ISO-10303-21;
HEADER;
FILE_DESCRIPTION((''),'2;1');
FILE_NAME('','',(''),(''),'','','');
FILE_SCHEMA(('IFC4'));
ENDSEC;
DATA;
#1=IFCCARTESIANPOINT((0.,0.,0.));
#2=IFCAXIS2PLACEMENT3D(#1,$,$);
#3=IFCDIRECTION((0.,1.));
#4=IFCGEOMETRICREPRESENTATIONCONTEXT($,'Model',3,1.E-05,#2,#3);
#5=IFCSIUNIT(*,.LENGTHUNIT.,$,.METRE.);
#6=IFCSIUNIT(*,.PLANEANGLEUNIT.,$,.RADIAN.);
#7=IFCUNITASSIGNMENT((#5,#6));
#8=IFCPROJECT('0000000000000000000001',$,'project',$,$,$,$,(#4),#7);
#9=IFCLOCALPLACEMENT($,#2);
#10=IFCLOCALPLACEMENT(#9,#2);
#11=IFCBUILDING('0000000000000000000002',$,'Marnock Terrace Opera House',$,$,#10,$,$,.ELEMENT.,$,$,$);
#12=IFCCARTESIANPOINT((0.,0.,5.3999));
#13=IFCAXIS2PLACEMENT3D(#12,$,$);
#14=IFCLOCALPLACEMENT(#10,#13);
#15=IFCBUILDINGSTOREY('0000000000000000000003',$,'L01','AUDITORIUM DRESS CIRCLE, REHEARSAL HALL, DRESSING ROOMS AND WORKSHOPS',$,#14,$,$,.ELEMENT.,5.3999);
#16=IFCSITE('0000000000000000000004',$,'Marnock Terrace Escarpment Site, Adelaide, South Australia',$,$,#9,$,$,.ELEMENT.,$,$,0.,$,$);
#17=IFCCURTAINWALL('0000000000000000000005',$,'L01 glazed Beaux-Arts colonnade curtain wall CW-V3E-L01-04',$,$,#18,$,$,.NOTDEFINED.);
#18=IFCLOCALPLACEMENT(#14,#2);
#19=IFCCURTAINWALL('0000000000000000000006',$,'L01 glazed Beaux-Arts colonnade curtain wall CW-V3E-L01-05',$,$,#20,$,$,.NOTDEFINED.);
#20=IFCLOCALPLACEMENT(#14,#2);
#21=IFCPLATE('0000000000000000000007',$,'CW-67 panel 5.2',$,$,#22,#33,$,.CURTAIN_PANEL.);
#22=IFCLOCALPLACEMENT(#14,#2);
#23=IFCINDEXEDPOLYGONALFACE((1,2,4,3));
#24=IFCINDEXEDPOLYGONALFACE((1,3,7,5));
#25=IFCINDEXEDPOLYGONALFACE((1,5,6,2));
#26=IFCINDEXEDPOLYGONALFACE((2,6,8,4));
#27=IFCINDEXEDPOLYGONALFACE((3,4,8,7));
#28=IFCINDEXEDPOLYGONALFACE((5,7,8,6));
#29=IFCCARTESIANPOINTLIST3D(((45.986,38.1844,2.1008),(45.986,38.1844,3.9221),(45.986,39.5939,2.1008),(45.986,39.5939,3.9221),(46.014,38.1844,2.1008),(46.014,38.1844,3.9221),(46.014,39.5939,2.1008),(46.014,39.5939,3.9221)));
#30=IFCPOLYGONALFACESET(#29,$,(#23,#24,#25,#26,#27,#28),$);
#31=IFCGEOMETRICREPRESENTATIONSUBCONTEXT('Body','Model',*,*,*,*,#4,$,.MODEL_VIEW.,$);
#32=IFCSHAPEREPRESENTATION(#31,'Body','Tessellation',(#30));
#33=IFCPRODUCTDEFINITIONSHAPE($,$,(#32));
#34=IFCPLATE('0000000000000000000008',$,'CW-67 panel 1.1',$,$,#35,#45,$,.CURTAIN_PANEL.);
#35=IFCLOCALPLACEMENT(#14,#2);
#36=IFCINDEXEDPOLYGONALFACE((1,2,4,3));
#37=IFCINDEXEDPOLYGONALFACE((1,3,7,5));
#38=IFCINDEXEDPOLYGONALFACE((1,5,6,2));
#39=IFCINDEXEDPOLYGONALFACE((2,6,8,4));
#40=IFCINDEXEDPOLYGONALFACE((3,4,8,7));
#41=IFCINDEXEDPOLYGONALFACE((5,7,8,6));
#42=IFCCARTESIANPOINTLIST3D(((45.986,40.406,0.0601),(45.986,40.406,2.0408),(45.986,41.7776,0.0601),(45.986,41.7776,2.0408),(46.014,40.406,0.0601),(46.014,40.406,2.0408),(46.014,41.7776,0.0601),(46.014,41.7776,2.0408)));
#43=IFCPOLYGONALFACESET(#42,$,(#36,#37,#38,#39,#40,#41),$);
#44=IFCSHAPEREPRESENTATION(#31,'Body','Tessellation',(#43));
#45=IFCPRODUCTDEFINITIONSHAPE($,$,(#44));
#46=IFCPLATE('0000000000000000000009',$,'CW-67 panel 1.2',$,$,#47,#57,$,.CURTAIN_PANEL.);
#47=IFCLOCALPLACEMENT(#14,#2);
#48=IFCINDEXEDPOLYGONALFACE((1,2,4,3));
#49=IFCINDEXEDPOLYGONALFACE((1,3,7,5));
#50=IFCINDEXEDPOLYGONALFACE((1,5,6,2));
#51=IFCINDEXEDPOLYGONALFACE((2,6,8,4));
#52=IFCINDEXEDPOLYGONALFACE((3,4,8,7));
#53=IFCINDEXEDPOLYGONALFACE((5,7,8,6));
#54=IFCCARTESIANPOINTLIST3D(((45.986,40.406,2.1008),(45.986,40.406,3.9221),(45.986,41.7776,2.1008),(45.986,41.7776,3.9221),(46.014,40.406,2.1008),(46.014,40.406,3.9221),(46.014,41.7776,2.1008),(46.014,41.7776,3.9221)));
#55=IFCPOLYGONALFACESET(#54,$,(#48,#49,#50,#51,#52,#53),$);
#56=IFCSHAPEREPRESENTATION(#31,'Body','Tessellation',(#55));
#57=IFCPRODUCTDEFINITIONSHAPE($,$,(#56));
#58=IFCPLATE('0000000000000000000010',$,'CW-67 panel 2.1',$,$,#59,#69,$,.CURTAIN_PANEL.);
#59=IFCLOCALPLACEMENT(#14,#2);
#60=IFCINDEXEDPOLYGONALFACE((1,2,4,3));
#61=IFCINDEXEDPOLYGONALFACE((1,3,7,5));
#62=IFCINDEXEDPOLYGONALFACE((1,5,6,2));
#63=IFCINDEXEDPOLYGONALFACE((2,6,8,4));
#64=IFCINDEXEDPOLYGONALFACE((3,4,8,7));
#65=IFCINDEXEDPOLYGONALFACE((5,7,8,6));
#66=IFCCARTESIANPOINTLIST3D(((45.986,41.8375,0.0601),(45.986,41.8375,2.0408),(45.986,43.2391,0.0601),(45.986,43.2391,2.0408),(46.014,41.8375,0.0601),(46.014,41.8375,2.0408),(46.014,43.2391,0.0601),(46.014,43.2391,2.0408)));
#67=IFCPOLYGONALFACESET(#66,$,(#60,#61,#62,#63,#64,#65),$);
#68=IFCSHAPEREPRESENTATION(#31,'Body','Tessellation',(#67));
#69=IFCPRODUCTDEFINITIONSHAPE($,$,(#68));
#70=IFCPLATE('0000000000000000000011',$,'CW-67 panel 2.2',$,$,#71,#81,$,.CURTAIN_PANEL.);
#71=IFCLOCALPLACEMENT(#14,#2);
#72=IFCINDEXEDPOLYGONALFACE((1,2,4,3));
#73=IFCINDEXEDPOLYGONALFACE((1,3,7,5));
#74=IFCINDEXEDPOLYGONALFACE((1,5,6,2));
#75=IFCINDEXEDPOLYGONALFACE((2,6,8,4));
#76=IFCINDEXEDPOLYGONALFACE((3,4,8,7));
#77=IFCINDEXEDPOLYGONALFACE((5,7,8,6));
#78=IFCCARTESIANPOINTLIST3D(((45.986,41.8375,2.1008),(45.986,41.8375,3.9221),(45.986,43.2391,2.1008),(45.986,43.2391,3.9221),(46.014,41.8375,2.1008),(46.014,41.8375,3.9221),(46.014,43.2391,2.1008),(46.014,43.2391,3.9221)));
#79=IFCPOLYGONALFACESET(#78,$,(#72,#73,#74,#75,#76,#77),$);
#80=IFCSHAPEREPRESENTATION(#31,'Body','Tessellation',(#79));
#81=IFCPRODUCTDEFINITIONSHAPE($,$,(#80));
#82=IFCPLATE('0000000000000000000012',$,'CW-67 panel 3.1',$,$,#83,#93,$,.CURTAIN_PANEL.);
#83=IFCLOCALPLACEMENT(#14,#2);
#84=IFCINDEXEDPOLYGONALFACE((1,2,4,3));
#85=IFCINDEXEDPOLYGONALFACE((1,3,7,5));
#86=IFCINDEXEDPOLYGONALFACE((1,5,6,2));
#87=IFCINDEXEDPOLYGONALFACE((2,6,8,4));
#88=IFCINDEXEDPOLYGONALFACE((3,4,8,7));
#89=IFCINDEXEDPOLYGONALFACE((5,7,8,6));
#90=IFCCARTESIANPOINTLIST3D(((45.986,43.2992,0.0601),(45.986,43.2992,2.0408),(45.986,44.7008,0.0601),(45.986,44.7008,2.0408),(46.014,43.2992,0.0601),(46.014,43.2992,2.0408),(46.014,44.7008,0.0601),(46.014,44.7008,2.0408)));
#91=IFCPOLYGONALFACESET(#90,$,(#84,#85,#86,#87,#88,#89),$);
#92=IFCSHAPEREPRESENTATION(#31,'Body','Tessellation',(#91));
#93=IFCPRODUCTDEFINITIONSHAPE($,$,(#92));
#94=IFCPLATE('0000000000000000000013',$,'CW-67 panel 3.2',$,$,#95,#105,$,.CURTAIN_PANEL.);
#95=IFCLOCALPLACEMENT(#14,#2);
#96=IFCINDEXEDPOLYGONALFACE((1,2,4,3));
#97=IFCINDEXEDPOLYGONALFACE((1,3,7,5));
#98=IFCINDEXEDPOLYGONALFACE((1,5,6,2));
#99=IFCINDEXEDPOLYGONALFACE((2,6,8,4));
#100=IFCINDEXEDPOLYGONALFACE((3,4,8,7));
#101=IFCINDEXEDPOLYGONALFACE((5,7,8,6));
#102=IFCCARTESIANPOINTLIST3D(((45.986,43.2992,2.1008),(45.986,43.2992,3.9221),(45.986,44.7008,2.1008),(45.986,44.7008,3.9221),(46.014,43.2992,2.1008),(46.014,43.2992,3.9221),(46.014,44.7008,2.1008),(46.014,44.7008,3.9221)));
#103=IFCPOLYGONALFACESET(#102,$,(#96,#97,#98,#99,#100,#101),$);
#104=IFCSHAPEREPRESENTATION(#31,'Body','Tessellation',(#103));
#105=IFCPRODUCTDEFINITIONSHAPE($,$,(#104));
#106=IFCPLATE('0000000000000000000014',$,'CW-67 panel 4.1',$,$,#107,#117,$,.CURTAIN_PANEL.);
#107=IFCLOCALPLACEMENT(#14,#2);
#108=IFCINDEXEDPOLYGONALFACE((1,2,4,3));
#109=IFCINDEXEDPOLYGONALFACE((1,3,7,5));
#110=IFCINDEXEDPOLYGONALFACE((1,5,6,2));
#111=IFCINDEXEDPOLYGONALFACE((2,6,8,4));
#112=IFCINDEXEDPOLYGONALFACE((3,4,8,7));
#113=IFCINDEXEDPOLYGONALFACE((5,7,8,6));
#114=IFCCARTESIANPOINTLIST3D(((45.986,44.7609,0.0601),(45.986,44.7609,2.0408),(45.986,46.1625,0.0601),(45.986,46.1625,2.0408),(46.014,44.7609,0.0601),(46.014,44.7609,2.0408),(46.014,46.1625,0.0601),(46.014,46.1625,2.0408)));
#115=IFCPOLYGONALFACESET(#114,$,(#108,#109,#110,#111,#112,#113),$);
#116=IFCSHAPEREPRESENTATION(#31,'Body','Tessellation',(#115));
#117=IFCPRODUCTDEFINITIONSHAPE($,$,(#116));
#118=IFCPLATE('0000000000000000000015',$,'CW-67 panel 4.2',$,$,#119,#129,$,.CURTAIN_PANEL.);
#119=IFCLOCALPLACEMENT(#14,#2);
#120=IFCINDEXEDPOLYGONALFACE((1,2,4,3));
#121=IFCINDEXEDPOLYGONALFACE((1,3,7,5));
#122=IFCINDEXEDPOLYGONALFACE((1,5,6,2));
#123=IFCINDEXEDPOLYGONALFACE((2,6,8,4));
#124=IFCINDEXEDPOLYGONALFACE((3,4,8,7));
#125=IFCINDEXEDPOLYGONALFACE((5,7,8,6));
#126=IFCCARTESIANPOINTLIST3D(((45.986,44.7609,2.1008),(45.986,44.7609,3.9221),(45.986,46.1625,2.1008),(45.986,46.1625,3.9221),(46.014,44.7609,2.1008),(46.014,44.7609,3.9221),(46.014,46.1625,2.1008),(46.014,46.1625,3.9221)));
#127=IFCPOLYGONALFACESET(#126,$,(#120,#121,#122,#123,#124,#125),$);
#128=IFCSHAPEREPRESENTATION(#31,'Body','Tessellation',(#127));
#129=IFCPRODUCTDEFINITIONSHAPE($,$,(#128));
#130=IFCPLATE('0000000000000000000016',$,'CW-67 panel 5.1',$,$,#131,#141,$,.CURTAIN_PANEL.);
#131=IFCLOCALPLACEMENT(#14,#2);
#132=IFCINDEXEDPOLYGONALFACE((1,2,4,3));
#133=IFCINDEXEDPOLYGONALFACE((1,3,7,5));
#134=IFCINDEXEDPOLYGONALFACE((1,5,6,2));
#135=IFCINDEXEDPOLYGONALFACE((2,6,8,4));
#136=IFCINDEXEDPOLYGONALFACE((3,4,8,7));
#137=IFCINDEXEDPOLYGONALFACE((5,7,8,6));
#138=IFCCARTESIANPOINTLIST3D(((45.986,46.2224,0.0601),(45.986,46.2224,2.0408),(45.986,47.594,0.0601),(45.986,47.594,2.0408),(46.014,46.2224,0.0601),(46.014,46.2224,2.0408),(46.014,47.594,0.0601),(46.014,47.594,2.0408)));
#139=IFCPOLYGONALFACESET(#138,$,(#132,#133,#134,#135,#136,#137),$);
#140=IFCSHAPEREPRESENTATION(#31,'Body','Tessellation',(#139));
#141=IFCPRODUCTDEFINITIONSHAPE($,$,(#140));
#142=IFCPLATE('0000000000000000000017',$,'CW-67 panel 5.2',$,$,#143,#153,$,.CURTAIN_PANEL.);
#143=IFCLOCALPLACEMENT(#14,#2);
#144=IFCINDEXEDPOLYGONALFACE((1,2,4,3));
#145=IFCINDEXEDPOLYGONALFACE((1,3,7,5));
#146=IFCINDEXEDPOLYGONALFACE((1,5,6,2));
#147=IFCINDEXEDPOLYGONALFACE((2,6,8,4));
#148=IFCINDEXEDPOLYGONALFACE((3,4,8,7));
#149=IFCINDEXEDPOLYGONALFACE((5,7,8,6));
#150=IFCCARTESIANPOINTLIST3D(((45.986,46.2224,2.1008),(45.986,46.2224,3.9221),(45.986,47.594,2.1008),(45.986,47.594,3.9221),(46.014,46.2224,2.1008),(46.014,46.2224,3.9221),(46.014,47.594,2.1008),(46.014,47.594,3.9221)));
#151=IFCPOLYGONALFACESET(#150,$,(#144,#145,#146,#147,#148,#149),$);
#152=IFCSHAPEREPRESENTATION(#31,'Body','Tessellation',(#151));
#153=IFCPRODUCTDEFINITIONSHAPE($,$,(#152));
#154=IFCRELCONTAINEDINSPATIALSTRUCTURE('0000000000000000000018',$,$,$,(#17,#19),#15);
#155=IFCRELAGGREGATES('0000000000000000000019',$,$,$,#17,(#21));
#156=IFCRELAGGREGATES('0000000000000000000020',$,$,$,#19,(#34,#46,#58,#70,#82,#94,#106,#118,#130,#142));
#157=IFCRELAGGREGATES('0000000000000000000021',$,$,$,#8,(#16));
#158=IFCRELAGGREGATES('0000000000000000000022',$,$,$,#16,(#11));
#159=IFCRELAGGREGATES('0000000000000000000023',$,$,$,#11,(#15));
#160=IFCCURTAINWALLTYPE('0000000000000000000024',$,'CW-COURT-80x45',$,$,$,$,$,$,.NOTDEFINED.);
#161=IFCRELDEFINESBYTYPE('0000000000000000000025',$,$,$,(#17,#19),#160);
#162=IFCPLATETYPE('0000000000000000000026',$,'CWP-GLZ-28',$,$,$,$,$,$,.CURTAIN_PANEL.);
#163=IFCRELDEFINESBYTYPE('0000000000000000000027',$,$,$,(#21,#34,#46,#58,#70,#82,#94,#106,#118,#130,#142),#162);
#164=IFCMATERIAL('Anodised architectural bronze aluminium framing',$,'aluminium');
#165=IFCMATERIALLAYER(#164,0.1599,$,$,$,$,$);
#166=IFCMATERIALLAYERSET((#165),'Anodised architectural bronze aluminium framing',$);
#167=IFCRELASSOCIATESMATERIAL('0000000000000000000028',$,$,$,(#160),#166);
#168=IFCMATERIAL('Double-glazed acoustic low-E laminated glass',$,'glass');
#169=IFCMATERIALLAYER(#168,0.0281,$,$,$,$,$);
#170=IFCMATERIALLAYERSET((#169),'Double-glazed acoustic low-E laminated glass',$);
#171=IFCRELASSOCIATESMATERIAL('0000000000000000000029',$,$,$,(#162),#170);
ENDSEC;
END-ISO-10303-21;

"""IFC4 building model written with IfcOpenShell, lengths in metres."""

from ifc_helpers import new_model, si_unit, direction, frame, origin, origin_2d, place, context, subcontext, project, spatial, rectangle, extrude, material, layer, layer_set, type_object, element, aggregate, save


model = new_model("IFC4")

# Units and contexts
model_context = context("Model", 3, precision=1e-05, world=origin(), true_north=direction((0.0, 1.0)))
body_context = subcontext(model_context, "Body", "Model", "MODEL_VIEW")
ifc_project = project(units=[si_unit("LENGTHUNIT", "METRE"), si_unit("PLANEANGLEUNIT", "RADIAN")], contexts=[model_context])

# Site, building, storey
site_placement = place(None, origin())
site = spatial("IfcSite", under=ifc_project, at=site_placement, Name="Marnock Terrace Escarpment Site, Adelaide, South Australia", CompositionType="ELEMENT", RefElevation=0.0)
building_placement = place(site_placement, origin())
building = spatial("IfcBuilding", under=site, at=building_placement, Name="Marnock Terrace Opera House", CompositionType="ELEMENT")
storey_placement = place(building_placement, frame((0.0, 0.0, 5.3999)))
storey = spatial("IfcBuildingStorey", under=building, at=storey_placement, Name="L01", Description="AUDITORIUM DRESS CIRCLE, REHEARSAL HALL, DRESSING ROOMS AND WORKSHOPS", CompositionType="ELEMENT", Elevation=5.3999)

# Curtain wall
ifc_material_1 = material(Name="Anodised architectural bronze aluminium framing", Category="aluminium")
ifc_layer_1 = layer(ifc_material_1, 0.1599)
ifc_layer_set_1 = layer_set([ifc_layer_1], Name="Anodised architectural bronze aluminium framing")
curtain_wall_type = type_object("IfcCurtainWallType", Name="CW-COURT-80x45", PredefinedType="NOTDEFINED", material=ifc_layer_set_1)
curtain_wall_1_placement = place(storey_placement, origin())
curtain_wall_1 = element("IfcCurtainWall", 1, at=curtain_wall_1_placement, inside=storey, type_object=curtain_wall_type, Name="L01 glazed Beaux-Arts colonnade curtain wall CW-V3E-L01-04", PredefinedType="NOTDEFINED")

# Curtain wall
curtain_wall_2_placement = place(storey_placement, origin())
curtain_wall_2 = element("IfcCurtainWall", 2, at=curtain_wall_2_placement, inside=storey, type_object=curtain_wall_type, Name="L01 glazed Beaux-Arts colonnade curtain wall CW-V3E-L01-05", PredefinedType="NOTDEFINED")

# Plates
ifc_material_2 = material(Name="Double-glazed acoustic low-E laminated glass", Category="glass")
ifc_layer_2 = layer(ifc_material_2, 0.0281)
ifc_layer_set_2 = layer_set([ifc_layer_2], Name="Double-glazed acoustic low-E laminated glass")
plate_type = type_object("IfcPlateType", Name="CWP-GLZ-28", PredefinedType="CURTAIN_PANEL", material=ifc_layer_set_2)
plate_1_placement = place(storey_placement, frame((46.0, 38.8892, 2.1008), z_axis=(0.0, 0.0, 1.0), x_axis=(0.0, 1.0, 0.0)))
plate_1 = element("IfcPlate", 3, at=plate_1_placement, type_object=plate_type, Name="CW-67 panel 5.2", PredefinedType="CURTAIN_PANEL", context=body_context, shape_type="SweptSolid", body=[
    extrude(rectangle(XDim=1.4094, YDim=0.0281, at=origin_2d()), origin(), (0.0, 0.0, 1.0), 1.8213),
])
aggregate(curtain_wall_1, [plate_1])
plate_2_placement = place(storey_placement, frame((46.0, 41.0918, 0.0601), z_axis=(0.0, 0.0, 1.0), x_axis=(0.0, 1.0, 0.0)))
plate_2 = element("IfcPlate", 4, at=plate_2_placement, type_object=plate_type, Name="CW-67 panel 1.1", PredefinedType="CURTAIN_PANEL", context=body_context, shape_type="SweptSolid", body=[
    extrude(rectangle(XDim=1.3716, YDim=0.0281, at=origin_2d()), origin(), (0.0, 0.0, 1.0), 1.9807),
])
plate_3_placement = place(storey_placement, frame((46.0, 41.0918, 2.1008), z_axis=(0.0, 0.0, 1.0), x_axis=(0.0, 1.0, 0.0)))
plate_3 = element("IfcPlate", 5, at=plate_3_placement, type_object=plate_type, Name="CW-67 panel 1.2", PredefinedType="CURTAIN_PANEL", context=body_context, shape_type="SweptSolid", body=[
    extrude(rectangle(XDim=1.3716, YDim=0.0281, at=origin_2d()), origin(), (0.0, 0.0, 1.0), 1.8213),
])
plate_4_placement = place(storey_placement, frame((46.0, 42.5383, 0.0601), z_axis=(0.0, 0.0, 1.0), x_axis=(0.0, 1.0, 0.0)))
plate_4 = element("IfcPlate", 6, at=plate_4_placement, type_object=plate_type, Name="CW-67 panel 2.1", PredefinedType="CURTAIN_PANEL", context=body_context, shape_type="SweptSolid", body=[
    extrude(rectangle(XDim=1.4016, YDim=0.0281, at=origin_2d()), origin(), (0.0, 0.0, 1.0), 1.9807),
])
plate_5_placement = place(storey_placement, frame((46.0, 42.5383, 2.1008), z_axis=(0.0, 0.0, 1.0), x_axis=(0.0, 1.0, 0.0)))
plate_5 = element("IfcPlate", 7, at=plate_5_placement, type_object=plate_type, Name="CW-67 panel 2.2", PredefinedType="CURTAIN_PANEL", context=body_context, shape_type="SweptSolid", body=[
    extrude(rectangle(XDim=1.4016, YDim=0.0281, at=origin_2d()), origin(), (0.0, 0.0, 1.0), 1.8213),
])
plate_6_placement = place(storey_placement, frame((46.0, 44.0, 0.0601), z_axis=(0.0, 0.0, 1.0), x_axis=(0.0, 1.0, 0.0)))
plate_6 = element("IfcPlate", 8, at=plate_6_placement, type_object=plate_type, Name="CW-67 panel 3.1", PredefinedType="CURTAIN_PANEL", context=body_context, shape_type="SweptSolid", body=[
    extrude(rectangle(XDim=1.4016, YDim=0.0281, at=origin_2d()), origin(), (0.0, 0.0, 1.0), 1.9807),
])
plate_7_placement = place(storey_placement, frame((46.0, 44.0, 2.1008), z_axis=(0.0, 0.0, 1.0), x_axis=(0.0, 1.0, 0.0)))
plate_7 = element("IfcPlate", 9, at=plate_7_placement, type_object=plate_type, Name="CW-67 panel 3.2", PredefinedType="CURTAIN_PANEL", context=body_context, shape_type="SweptSolid", body=[
    extrude(rectangle(XDim=1.4016, YDim=0.0281, at=origin_2d()), origin(), (0.0, 0.0, 1.0), 1.8213),
])
plate_8_placement = place(storey_placement, frame((46.0, 45.4617, 0.0601), z_axis=(0.0, 0.0, 1.0), x_axis=(0.0, 1.0, 0.0)))
plate_8 = element("IfcPlate", 10, at=plate_8_placement, type_object=plate_type, Name="CW-67 panel 4.1", PredefinedType="CURTAIN_PANEL", context=body_context, shape_type="SweptSolid", body=[
    extrude(rectangle(XDim=1.4016, YDim=0.0281, at=origin_2d()), origin(), (0.0, 0.0, 1.0), 1.9807),
])
plate_9_placement = place(storey_placement, frame((46.0, 45.4617, 2.1008), z_axis=(0.0, 0.0, 1.0), x_axis=(0.0, 1.0, 0.0)))
plate_9 = element("IfcPlate", 11, at=plate_9_placement, type_object=plate_type, Name="CW-67 panel 4.2", PredefinedType="CURTAIN_PANEL", context=body_context, shape_type="SweptSolid", body=[
    extrude(rectangle(XDim=1.4016, YDim=0.0281, at=origin_2d()), origin(), (0.0, 0.0, 1.0), 1.8213),
])
plate_10_placement = place(storey_placement, frame((46.0, 46.9082, 0.0601), z_axis=(0.0, 0.0, 1.0), x_axis=(0.0, 1.0, 0.0)))
plate_10 = element("IfcPlate", 12, at=plate_10_placement, type_object=plate_type, Name="CW-67 panel 5.1", PredefinedType="CURTAIN_PANEL", context=body_context, shape_type="SweptSolid", body=[
    extrude(rectangle(XDim=1.3716, YDim=0.0281, at=origin_2d()), origin(), (0.0, 0.0, 1.0), 1.9807),
])
plate_11_placement = place(storey_placement, frame((46.0, 46.9082, 2.1008), z_axis=(0.0, 0.0, 1.0), x_axis=(0.0, 1.0, 0.0)))
plate_11 = element("IfcPlate", 13, at=plate_11_placement, type_object=plate_type, Name="CW-67 panel 5.2", PredefinedType="CURTAIN_PANEL", context=body_context, shape_type="SweptSolid", body=[
    extrude(rectangle(XDim=1.3716, YDim=0.0281, at=origin_2d()), origin(), (0.0, 0.0, 1.0), 1.8213),
])
aggregate(curtain_wall_2, [plate_2, plate_3, plate_4, plate_5, plate_6, plate_7, plate_8, plate_9, plate_10, plate_11])

save(model, "model.ifc")
